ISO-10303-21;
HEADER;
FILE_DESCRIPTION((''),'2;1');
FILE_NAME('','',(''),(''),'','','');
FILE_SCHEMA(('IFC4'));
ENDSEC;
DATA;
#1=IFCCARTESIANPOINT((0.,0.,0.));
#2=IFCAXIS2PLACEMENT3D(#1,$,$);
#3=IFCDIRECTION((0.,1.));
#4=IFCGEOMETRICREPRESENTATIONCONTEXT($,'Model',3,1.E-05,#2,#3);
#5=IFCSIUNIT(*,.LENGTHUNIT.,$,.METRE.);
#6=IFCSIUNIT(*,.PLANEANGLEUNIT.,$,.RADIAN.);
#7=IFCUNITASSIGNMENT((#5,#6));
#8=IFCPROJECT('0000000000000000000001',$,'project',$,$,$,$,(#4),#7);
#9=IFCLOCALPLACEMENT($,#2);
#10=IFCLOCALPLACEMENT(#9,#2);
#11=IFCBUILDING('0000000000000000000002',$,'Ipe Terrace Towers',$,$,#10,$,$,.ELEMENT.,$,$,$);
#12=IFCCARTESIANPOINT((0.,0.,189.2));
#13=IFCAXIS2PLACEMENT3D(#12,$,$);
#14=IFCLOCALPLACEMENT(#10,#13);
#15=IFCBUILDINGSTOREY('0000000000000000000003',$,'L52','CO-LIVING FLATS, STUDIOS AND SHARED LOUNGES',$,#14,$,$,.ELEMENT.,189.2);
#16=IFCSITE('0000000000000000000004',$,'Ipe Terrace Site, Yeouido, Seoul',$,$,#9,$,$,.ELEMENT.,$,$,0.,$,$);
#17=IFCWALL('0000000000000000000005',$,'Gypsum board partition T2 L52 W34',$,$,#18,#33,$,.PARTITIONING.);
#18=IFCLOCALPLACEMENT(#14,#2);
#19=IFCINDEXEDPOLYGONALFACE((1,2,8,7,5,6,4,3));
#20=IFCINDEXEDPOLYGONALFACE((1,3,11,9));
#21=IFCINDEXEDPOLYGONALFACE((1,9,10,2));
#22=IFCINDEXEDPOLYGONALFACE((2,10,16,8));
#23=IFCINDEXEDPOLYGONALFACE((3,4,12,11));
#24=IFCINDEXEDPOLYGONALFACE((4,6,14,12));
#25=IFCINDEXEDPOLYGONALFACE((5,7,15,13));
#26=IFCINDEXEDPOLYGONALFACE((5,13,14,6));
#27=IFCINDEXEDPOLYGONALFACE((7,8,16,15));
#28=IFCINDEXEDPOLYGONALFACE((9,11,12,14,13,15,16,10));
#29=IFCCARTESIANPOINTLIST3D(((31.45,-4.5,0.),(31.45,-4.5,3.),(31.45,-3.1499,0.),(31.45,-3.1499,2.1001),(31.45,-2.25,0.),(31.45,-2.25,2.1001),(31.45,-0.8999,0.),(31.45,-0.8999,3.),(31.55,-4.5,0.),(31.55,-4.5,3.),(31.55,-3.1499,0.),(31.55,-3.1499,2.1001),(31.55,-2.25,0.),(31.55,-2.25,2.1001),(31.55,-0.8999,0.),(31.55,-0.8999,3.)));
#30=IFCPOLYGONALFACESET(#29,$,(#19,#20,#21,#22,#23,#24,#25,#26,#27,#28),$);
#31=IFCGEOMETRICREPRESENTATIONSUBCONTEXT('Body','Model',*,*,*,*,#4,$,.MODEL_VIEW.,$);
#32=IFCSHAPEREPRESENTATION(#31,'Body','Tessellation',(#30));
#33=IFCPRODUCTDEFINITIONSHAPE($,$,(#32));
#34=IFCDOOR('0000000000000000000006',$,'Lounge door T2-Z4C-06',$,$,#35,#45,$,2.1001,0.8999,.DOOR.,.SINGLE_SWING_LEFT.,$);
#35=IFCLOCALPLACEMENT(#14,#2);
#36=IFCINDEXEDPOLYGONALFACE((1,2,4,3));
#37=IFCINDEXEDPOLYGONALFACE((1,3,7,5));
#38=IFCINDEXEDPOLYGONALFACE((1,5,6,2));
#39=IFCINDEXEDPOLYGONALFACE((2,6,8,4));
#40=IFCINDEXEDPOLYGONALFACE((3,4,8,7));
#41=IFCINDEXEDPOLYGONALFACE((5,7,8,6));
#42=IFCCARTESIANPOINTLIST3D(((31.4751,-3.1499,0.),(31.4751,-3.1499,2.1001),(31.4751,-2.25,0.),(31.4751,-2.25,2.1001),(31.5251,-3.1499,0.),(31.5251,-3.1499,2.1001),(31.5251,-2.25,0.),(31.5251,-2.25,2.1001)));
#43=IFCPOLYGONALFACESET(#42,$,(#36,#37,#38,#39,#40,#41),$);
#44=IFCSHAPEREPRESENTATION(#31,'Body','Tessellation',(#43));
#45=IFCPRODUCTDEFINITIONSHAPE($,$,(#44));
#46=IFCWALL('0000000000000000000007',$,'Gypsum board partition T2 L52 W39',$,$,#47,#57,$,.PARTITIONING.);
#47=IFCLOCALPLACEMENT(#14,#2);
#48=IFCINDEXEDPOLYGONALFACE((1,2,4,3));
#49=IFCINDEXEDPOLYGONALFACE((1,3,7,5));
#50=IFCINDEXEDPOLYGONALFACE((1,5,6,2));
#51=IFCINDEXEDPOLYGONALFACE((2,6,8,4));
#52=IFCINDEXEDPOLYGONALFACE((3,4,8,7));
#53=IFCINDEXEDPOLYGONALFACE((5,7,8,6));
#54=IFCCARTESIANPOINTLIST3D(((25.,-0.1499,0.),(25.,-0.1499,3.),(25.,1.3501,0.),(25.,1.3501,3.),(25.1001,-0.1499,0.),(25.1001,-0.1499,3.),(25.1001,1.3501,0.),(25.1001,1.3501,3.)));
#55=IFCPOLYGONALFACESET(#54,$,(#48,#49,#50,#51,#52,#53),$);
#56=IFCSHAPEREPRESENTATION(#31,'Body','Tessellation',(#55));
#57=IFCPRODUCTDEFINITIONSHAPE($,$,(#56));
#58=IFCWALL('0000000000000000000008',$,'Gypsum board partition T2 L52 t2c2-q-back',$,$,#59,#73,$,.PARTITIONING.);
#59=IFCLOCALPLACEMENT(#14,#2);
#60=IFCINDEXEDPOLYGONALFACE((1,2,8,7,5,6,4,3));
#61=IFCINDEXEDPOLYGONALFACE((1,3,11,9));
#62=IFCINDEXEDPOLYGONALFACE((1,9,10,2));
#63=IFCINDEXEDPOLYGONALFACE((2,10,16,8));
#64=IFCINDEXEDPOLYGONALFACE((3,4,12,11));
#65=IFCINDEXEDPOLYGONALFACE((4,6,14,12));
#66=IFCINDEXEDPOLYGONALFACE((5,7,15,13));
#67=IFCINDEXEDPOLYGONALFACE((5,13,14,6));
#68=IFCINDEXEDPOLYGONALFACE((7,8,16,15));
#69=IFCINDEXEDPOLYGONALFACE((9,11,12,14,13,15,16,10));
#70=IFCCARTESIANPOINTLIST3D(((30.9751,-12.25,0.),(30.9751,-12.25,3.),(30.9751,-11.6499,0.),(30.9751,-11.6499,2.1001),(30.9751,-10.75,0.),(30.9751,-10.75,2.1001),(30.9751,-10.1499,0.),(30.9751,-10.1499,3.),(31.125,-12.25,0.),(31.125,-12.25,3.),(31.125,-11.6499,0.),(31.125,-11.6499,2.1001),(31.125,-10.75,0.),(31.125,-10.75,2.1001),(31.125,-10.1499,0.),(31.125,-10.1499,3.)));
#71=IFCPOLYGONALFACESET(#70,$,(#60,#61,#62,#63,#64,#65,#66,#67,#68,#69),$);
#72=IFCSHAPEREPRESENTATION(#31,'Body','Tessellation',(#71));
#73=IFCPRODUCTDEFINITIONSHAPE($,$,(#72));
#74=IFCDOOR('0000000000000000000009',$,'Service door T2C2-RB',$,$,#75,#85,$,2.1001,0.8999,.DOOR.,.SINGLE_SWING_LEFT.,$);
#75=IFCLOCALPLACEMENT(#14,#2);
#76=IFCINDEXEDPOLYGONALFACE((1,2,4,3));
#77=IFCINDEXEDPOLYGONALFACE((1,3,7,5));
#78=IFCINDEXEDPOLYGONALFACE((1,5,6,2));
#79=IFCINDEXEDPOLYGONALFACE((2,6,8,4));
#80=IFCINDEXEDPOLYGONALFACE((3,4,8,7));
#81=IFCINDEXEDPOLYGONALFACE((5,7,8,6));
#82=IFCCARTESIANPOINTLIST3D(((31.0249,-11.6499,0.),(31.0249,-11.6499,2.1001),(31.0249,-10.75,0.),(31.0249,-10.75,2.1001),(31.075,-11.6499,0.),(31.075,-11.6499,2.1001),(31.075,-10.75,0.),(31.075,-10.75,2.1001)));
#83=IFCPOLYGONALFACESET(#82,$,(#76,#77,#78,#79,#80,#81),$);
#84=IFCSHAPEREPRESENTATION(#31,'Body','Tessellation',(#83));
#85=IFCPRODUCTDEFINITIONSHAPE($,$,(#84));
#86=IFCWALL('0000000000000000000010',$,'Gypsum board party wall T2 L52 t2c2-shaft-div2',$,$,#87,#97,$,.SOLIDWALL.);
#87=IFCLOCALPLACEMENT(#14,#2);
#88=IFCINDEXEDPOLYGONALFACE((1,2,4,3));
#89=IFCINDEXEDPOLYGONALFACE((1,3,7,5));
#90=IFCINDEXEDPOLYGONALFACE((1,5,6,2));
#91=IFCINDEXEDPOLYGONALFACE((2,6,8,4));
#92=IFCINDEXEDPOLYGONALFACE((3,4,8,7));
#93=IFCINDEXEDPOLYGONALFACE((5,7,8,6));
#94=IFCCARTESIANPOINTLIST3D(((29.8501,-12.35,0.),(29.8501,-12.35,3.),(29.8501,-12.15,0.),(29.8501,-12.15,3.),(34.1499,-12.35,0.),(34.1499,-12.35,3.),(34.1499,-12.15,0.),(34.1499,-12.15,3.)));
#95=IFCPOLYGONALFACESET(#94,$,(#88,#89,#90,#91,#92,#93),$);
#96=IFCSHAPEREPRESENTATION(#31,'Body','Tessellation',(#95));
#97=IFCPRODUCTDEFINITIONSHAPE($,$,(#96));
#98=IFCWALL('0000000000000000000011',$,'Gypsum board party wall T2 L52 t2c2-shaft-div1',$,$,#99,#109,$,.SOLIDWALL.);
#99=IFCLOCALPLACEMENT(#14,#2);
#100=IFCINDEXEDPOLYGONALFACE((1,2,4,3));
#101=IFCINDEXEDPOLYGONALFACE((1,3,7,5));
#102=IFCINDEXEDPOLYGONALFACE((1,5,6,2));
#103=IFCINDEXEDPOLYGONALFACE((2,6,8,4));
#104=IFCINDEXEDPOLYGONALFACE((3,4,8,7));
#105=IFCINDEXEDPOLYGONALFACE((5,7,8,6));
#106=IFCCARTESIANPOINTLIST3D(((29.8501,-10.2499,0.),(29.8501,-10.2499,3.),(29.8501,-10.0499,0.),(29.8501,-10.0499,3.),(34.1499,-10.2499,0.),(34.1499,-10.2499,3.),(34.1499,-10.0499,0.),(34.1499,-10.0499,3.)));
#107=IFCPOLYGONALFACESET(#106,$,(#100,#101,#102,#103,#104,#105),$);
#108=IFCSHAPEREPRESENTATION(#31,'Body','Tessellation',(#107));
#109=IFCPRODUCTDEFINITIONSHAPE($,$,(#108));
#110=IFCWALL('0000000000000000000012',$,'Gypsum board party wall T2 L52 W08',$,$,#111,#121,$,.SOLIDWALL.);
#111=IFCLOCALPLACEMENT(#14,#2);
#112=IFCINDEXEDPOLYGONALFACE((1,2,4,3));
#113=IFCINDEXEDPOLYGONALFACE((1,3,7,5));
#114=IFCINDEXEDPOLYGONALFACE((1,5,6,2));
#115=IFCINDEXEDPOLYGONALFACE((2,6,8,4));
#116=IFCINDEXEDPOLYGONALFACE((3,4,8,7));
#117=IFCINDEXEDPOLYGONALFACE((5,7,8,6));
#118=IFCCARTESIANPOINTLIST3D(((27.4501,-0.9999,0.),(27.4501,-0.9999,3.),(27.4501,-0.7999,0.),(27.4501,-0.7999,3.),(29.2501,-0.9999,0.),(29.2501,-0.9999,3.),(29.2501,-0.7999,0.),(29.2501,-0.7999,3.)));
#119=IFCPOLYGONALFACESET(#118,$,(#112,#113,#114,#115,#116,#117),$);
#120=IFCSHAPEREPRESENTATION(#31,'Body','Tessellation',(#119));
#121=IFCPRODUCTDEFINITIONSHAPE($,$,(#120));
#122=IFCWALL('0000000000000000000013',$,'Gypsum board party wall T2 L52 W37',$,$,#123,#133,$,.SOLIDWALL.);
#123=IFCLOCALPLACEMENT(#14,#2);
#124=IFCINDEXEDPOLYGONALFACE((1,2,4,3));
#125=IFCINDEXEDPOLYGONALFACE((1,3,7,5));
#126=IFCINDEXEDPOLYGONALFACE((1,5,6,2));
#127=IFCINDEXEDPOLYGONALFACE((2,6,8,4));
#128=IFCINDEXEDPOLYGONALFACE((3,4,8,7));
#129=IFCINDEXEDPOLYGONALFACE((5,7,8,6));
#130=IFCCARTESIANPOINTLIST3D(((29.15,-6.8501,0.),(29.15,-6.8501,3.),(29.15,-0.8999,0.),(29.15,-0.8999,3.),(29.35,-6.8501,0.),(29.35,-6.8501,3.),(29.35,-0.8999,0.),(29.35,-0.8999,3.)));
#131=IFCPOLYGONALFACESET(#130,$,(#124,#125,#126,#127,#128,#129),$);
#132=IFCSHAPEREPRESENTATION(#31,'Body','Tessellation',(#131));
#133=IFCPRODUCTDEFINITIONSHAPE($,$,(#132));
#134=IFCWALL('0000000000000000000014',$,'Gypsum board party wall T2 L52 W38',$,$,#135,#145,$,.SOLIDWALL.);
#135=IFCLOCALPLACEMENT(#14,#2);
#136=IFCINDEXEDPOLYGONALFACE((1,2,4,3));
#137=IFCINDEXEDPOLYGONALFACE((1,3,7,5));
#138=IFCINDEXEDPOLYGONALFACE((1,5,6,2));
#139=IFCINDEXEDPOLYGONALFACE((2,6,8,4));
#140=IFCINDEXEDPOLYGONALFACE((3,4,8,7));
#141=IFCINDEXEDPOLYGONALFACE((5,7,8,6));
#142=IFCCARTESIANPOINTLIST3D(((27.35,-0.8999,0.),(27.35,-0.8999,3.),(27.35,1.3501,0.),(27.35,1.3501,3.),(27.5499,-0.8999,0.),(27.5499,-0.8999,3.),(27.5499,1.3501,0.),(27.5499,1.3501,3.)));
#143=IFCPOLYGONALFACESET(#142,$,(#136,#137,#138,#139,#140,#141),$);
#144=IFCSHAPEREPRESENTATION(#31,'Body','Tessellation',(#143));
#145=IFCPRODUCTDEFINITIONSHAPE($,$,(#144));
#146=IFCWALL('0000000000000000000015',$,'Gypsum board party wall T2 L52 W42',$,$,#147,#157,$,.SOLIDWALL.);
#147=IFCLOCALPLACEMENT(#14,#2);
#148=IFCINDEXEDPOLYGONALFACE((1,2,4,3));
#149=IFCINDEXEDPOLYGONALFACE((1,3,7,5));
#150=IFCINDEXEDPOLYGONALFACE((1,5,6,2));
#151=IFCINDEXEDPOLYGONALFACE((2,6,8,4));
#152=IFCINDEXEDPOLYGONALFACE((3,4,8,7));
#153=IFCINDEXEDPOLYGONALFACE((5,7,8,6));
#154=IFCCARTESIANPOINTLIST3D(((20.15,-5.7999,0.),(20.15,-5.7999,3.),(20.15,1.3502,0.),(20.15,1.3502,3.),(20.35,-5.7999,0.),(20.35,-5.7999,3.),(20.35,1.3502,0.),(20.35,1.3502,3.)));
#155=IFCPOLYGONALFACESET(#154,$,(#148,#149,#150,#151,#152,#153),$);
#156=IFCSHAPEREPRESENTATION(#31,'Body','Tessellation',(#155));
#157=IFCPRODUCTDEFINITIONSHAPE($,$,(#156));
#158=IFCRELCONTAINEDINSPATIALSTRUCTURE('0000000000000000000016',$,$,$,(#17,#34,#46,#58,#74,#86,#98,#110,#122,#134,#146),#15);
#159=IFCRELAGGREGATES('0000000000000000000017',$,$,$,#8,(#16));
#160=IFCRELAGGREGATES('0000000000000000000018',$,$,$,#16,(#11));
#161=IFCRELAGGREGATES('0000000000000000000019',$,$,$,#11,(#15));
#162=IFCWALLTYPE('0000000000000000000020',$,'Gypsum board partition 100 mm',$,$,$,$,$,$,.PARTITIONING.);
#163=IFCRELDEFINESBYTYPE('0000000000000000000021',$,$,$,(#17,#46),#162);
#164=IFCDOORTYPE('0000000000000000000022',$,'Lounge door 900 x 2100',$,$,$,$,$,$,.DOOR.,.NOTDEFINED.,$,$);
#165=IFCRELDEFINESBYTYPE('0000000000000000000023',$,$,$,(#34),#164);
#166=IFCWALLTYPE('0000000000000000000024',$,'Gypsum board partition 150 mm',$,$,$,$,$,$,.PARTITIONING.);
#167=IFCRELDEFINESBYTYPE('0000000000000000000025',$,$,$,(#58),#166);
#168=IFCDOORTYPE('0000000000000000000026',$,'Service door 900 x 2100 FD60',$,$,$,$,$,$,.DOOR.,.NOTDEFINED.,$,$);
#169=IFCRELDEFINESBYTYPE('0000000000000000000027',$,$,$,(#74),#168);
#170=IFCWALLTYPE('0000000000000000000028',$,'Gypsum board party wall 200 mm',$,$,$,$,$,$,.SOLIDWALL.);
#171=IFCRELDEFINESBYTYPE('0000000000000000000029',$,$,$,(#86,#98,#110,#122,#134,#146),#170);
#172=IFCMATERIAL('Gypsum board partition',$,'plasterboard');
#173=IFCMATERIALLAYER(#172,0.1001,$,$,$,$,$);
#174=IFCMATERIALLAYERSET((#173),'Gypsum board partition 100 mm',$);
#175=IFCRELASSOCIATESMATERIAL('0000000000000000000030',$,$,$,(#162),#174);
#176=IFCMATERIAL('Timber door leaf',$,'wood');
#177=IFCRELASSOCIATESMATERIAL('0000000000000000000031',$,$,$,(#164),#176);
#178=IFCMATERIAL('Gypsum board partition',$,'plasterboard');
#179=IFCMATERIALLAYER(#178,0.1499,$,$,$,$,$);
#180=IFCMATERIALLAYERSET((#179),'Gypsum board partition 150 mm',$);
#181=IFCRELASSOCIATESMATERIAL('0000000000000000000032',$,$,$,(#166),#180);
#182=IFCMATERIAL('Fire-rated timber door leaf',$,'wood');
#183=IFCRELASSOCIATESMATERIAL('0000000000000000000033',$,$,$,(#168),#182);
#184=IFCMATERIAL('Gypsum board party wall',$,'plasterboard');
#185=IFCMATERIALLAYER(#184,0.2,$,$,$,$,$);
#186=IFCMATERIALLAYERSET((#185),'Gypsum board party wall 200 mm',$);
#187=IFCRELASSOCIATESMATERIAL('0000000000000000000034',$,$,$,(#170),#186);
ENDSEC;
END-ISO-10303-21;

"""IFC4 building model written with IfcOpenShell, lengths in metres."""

from ifc_helpers import new_model, si_unit, direction, frame, frame_2d, origin, place, context, subcontext, project, spatial, rectangle, extrude, material, layer, layer_set, type_object, element, fill, save


model = new_model("IFC4")

# Units and contexts
model_context = context("Model", 3, precision=1e-05, world=origin(), true_north=direction((0.0, 1.0)))
body_context = subcontext(model_context, "Body", "Model", "MODEL_VIEW")
ifc_project = project(units=[si_unit("LENGTHUNIT", "METRE"), si_unit("PLANEANGLEUNIT", "RADIAN")], contexts=[model_context])

# Site, building, storey
site_placement = place(None, origin())
site = spatial("IfcSite", under=ifc_project, at=site_placement, Name="Ipe Terrace Site, Yeouido, Seoul", CompositionType="ELEMENT", RefElevation=0.0)
building_placement = place(site_placement, origin())
building = spatial("IfcBuilding", under=site, at=building_placement, Name="Ipe Terrace Towers", CompositionType="ELEMENT")
storey_placement = place(building_placement, frame((0.0, 0.0, 189.2)))
storey = spatial("IfcBuildingStorey", under=building, at=storey_placement, Name="L52", Description="CO-LIVING FLATS, STUDIOS AND SHARED LOUNGES", CompositionType="ELEMENT", Elevation=189.2)

# Shared definitions
ifc_material_1 = material(Name="Gypsum board partition", Category="plasterboard")
ifc_layer_1 = layer(ifc_material_1, 0.1001)
ifc_layer_set_1 = layer_set([ifc_layer_1], Name="Gypsum board partition 100 mm")
wall_type_1 = type_object("IfcWallType", Name="Gypsum board partition 100 mm", PredefinedType="PARTITIONING", material=ifc_layer_set_1)

# Wall, opening, door
wall_1_placement = place(storey_placement, frame((31.5, -4.5, 0.0), z_axis=(0.0, 0.0, 1.0), x_axis=(0.0, 1.0, 0.0)))
wall_1 = element("IfcWall", 1, at=wall_1_placement, inside=storey, type_object=wall_type_1, Name="Gypsum board partition T2 L52 W34", PredefinedType="PARTITIONING", context=body_context, shape_type="SweptSolid", body=[
    extrude(rectangle(XDim=3.6001, YDim=0.1001, at=frame_2d((1.8, 0.0))), origin(), (0.0, 0.0, 1.0), 3.0),
])
opening_1_placement = place(wall_1_placement, frame((1.3501, 0.0, 0.0)))
opening_1 = element("IfcOpeningElement", 2, at=opening_1_placement, cuts=wall_1, PredefinedType="OPENING", context=body_context, shape_type="SweptSolid", body=[
    extrude(rectangle(XDim=0.8999, YDim=2.1001, at=frame_2d((0.45, 1.05))), frame((0.0, 0.0601, 0.0), z_axis=(0.0, -1.0, 0.0), x_axis=(1.0, 0.0, 0.0)), (0.0, 0.0, 1.0), 0.1201),
])
ifc_material_2 = material(Name="Timber door leaf", Category="wood")
door_type_1 = type_object("IfcDoorType", Name="Lounge door 900 x 2100", OperationType="NOTDEFINED", PredefinedType="DOOR", material=ifc_material_2)
door_1_placement = place(opening_1_placement, origin())
door_1 = element("IfcDoor", 3, at=door_1_placement, inside=storey, type_object=door_type_1, Name="Lounge door T2-Z4C-06", OperationType="SINGLE_SWING_LEFT", OverallHeight=2.1001, OverallWidth=0.8999, PredefinedType="DOOR", context=body_context, shape_type="SweptSolid", body=[
    extrude(rectangle(XDim=0.8999, YDim=2.1001, at=frame_2d((0.45, 1.05))), frame((0.0, 0.0249, 0.0), z_axis=(0.0, -1.0, 0.0), x_axis=(1.0, 0.0, 0.0)), (0.0, 0.0, 1.0), 0.05),
])
fill(opening_1, door_1)

# Wall
wall_2_placement = place(storey_placement, frame((25.05, -0.1499, 0.0), z_axis=(0.0, 0.0, 1.0), x_axis=(0.0, 1.0, 0.0)))
element("IfcWall", 4, at=wall_2_placement, inside=storey, type_object=wall_type_1, Name="Gypsum board partition T2 L52 W39", PredefinedType="PARTITIONING", context=body_context, shape_type="SweptSolid", body=[
    extrude(rectangle(XDim=1.5, YDim=0.1001, at=frame_2d((0.75, 0.0))), origin(), (0.0, 0.0, 1.0), 3.0),
])

# Wall, opening, door
ifc_material_3 = material(Name="Gypsum board partition", Category="plasterboard")
ifc_layer_2 = layer(ifc_material_3, 0.1499)
ifc_layer_set_2 = layer_set([ifc_layer_2], Name="Gypsum board partition 150 mm")
wall_type_2 = type_object("IfcWallType", Name="Gypsum board partition 150 mm", PredefinedType="PARTITIONING", material=ifc_layer_set_2)
wall_3_placement = place(storey_placement, frame((31.05, -10.1499, 0.0), z_axis=(0.0, 0.0, 1.0), x_axis=(0.0, -1.0, 0.0)))
wall_3 = element("IfcWall", 5, at=wall_3_placement, inside=storey, type_object=wall_type_2, Name="Gypsum board partition T2 L52 t2c2-q-back", PredefinedType="PARTITIONING", context=body_context, shape_type="SweptSolid", body=[
    extrude(rectangle(XDim=2.1001, YDim=0.1499, at=frame_2d((1.05, 0.0))), origin(), (0.0, 0.0, 1.0), 3.0),
])
opening_2_placement = place(wall_3_placement, frame((0.6001, 0.0, 0.0)))
opening_2 = element("IfcOpeningElement", 6, at=opening_2_placement, cuts=wall_3, PredefinedType="OPENING", context=body_context, shape_type="SweptSolid", body=[
    extrude(rectangle(XDim=0.8999, YDim=2.1001, at=frame_2d((0.45, 1.05))), frame((0.0, 0.085, 0.0), z_axis=(0.0, -1.0, 0.0), x_axis=(1.0, 0.0, 0.0)), (0.0, 0.0, 1.0), 0.1699),
])
ifc_material_4 = material(Name="Fire-rated timber door leaf", Category="wood")
door_type_2 = type_object("IfcDoorType", Name="Service door 900 x 2100 FD60", OperationType="NOTDEFINED", PredefinedType="DOOR", material=ifc_material_4)
door_2_placement = place(opening_2_placement, origin())
door_2 = element("IfcDoor", 7, at=door_2_placement, inside=storey, type_object=door_type_2, Name="Service door T2C2-RB", OperationType="SINGLE_SWING_LEFT", OverallHeight=2.1001, OverallWidth=0.8999, PredefinedType="DOOR", context=body_context, shape_type="SweptSolid", body=[
    extrude(rectangle(XDim=0.8999, YDim=2.1001, at=frame_2d((0.45, 1.05))), frame((0.0, 0.0249, 0.0), z_axis=(0.0, -1.0, 0.0), x_axis=(1.0, 0.0, 0.0)), (0.0, 0.0, 1.0), 0.05),
])
fill(opening_2, door_2)

# Walls
ifc_material_5 = material(Name="Gypsum board party wall", Category="plasterboard")
ifc_layer_3 = layer(ifc_material_5, 0.2)
ifc_layer_set_3 = layer_set([ifc_layer_3], Name="Gypsum board party wall 200 mm")
wall_type_3 = type_object("IfcWallType", Name="Gypsum board party wall 200 mm", PredefinedType="SOLIDWALL", material=ifc_layer_set_3)
for number, where, z_axis, x_axis, name in (
    (8, (29.8501, -12.25, 0.0), (0.0, 0.0, 1.0), (1.0, 0.0, 0.0), "Gypsum board party wall T2 L52 t2c2-shaft-div2"),
    (9, (29.8501, -10.1499, 0.0), (0.0, 0.0, 1.0), (1.0, 0.0, 0.0), "Gypsum board party wall T2 L52 t2c2-shaft-div1"),
):
    element("IfcWall", number, at=place(storey_placement, frame(where, z_axis=z_axis, x_axis=x_axis)), inside=storey, type_object=wall_type_3, Name=name, PredefinedType="SOLIDWALL", context=body_context, shape_type="SweptSolid", body=[
        extrude(rectangle(XDim=4.2998, YDim=0.2, at=frame_2d((2.1499, 0.0))), origin(), (0.0, 0.0, 1.0), 3.0),
    ])
wall_4_placement = place(storey_placement, frame((29.25, -0.8999, 0.0), z_axis=(0.0, 0.0, 1.0), x_axis=(-1.0, 0.0, 0.0)))
element("IfcWall", 10, at=wall_4_placement, inside=storey, type_object=wall_type_3, Name="Gypsum board party wall T2 L52 W08", PredefinedType="SOLIDWALL", context=body_context, shape_type="SweptSolid", body=[
    extrude(rectangle(XDim=1.8, YDim=0.2, at=frame_2d((0.8999, 0.0))), origin(), (0.0, 0.0, 1.0), 3.0),
])
wall_5_placement = place(storey_placement, frame((29.25, -6.8501, 0.0), z_axis=(0.0, 0.0, 1.0), x_axis=(0.0, 1.0, 0.0)))
element("IfcWall", 11, at=wall_5_placement, inside=storey, type_object=wall_type_3, Name="Gypsum board party wall T2 L52 W37", PredefinedType="SOLIDWALL", context=body_context, shape_type="SweptSolid", body=[
    extrude(rectangle(XDim=5.9502, YDim=0.2, at=frame_2d((2.9751, 0.0))), origin(), (0.0, 0.0, 1.0), 3.0),
])
wall_6_placement = place(storey_placement, frame((27.45, -0.8999, 0.0), z_axis=(0.0, 0.0, 1.0), x_axis=(0.0, 1.0, 0.0)))
element("IfcWall", 12, at=wall_6_placement, inside=storey, type_object=wall_type_3, Name="Gypsum board party wall T2 L52 W38", PredefinedType="SOLIDWALL", context=body_context, shape_type="SweptSolid", body=[
    extrude(rectangle(XDim=2.25, YDim=0.2, at=frame_2d((1.125, 0.0))), origin(), (0.0, 0.0, 1.0), 3.0),
])
wall_7_placement = place(storey_placement, frame((20.25, -5.8, 0.0), z_axis=(0.0, 0.0, 1.0), x_axis=(0.0, 1.0, 0.0)))
element("IfcWall", 13, at=wall_7_placement, inside=storey, type_object=wall_type_3, Name="Gypsum board party wall T2 L52 W42", PredefinedType="SOLIDWALL", context=body_context, shape_type="SweptSolid", body=[
    extrude(rectangle(XDim=7.1501, YDim=0.2, at=frame_2d((3.5752, 0.0))), origin(), (0.0, 0.0, 1.0), 3.0),
])

save(model, "model.ifc")
